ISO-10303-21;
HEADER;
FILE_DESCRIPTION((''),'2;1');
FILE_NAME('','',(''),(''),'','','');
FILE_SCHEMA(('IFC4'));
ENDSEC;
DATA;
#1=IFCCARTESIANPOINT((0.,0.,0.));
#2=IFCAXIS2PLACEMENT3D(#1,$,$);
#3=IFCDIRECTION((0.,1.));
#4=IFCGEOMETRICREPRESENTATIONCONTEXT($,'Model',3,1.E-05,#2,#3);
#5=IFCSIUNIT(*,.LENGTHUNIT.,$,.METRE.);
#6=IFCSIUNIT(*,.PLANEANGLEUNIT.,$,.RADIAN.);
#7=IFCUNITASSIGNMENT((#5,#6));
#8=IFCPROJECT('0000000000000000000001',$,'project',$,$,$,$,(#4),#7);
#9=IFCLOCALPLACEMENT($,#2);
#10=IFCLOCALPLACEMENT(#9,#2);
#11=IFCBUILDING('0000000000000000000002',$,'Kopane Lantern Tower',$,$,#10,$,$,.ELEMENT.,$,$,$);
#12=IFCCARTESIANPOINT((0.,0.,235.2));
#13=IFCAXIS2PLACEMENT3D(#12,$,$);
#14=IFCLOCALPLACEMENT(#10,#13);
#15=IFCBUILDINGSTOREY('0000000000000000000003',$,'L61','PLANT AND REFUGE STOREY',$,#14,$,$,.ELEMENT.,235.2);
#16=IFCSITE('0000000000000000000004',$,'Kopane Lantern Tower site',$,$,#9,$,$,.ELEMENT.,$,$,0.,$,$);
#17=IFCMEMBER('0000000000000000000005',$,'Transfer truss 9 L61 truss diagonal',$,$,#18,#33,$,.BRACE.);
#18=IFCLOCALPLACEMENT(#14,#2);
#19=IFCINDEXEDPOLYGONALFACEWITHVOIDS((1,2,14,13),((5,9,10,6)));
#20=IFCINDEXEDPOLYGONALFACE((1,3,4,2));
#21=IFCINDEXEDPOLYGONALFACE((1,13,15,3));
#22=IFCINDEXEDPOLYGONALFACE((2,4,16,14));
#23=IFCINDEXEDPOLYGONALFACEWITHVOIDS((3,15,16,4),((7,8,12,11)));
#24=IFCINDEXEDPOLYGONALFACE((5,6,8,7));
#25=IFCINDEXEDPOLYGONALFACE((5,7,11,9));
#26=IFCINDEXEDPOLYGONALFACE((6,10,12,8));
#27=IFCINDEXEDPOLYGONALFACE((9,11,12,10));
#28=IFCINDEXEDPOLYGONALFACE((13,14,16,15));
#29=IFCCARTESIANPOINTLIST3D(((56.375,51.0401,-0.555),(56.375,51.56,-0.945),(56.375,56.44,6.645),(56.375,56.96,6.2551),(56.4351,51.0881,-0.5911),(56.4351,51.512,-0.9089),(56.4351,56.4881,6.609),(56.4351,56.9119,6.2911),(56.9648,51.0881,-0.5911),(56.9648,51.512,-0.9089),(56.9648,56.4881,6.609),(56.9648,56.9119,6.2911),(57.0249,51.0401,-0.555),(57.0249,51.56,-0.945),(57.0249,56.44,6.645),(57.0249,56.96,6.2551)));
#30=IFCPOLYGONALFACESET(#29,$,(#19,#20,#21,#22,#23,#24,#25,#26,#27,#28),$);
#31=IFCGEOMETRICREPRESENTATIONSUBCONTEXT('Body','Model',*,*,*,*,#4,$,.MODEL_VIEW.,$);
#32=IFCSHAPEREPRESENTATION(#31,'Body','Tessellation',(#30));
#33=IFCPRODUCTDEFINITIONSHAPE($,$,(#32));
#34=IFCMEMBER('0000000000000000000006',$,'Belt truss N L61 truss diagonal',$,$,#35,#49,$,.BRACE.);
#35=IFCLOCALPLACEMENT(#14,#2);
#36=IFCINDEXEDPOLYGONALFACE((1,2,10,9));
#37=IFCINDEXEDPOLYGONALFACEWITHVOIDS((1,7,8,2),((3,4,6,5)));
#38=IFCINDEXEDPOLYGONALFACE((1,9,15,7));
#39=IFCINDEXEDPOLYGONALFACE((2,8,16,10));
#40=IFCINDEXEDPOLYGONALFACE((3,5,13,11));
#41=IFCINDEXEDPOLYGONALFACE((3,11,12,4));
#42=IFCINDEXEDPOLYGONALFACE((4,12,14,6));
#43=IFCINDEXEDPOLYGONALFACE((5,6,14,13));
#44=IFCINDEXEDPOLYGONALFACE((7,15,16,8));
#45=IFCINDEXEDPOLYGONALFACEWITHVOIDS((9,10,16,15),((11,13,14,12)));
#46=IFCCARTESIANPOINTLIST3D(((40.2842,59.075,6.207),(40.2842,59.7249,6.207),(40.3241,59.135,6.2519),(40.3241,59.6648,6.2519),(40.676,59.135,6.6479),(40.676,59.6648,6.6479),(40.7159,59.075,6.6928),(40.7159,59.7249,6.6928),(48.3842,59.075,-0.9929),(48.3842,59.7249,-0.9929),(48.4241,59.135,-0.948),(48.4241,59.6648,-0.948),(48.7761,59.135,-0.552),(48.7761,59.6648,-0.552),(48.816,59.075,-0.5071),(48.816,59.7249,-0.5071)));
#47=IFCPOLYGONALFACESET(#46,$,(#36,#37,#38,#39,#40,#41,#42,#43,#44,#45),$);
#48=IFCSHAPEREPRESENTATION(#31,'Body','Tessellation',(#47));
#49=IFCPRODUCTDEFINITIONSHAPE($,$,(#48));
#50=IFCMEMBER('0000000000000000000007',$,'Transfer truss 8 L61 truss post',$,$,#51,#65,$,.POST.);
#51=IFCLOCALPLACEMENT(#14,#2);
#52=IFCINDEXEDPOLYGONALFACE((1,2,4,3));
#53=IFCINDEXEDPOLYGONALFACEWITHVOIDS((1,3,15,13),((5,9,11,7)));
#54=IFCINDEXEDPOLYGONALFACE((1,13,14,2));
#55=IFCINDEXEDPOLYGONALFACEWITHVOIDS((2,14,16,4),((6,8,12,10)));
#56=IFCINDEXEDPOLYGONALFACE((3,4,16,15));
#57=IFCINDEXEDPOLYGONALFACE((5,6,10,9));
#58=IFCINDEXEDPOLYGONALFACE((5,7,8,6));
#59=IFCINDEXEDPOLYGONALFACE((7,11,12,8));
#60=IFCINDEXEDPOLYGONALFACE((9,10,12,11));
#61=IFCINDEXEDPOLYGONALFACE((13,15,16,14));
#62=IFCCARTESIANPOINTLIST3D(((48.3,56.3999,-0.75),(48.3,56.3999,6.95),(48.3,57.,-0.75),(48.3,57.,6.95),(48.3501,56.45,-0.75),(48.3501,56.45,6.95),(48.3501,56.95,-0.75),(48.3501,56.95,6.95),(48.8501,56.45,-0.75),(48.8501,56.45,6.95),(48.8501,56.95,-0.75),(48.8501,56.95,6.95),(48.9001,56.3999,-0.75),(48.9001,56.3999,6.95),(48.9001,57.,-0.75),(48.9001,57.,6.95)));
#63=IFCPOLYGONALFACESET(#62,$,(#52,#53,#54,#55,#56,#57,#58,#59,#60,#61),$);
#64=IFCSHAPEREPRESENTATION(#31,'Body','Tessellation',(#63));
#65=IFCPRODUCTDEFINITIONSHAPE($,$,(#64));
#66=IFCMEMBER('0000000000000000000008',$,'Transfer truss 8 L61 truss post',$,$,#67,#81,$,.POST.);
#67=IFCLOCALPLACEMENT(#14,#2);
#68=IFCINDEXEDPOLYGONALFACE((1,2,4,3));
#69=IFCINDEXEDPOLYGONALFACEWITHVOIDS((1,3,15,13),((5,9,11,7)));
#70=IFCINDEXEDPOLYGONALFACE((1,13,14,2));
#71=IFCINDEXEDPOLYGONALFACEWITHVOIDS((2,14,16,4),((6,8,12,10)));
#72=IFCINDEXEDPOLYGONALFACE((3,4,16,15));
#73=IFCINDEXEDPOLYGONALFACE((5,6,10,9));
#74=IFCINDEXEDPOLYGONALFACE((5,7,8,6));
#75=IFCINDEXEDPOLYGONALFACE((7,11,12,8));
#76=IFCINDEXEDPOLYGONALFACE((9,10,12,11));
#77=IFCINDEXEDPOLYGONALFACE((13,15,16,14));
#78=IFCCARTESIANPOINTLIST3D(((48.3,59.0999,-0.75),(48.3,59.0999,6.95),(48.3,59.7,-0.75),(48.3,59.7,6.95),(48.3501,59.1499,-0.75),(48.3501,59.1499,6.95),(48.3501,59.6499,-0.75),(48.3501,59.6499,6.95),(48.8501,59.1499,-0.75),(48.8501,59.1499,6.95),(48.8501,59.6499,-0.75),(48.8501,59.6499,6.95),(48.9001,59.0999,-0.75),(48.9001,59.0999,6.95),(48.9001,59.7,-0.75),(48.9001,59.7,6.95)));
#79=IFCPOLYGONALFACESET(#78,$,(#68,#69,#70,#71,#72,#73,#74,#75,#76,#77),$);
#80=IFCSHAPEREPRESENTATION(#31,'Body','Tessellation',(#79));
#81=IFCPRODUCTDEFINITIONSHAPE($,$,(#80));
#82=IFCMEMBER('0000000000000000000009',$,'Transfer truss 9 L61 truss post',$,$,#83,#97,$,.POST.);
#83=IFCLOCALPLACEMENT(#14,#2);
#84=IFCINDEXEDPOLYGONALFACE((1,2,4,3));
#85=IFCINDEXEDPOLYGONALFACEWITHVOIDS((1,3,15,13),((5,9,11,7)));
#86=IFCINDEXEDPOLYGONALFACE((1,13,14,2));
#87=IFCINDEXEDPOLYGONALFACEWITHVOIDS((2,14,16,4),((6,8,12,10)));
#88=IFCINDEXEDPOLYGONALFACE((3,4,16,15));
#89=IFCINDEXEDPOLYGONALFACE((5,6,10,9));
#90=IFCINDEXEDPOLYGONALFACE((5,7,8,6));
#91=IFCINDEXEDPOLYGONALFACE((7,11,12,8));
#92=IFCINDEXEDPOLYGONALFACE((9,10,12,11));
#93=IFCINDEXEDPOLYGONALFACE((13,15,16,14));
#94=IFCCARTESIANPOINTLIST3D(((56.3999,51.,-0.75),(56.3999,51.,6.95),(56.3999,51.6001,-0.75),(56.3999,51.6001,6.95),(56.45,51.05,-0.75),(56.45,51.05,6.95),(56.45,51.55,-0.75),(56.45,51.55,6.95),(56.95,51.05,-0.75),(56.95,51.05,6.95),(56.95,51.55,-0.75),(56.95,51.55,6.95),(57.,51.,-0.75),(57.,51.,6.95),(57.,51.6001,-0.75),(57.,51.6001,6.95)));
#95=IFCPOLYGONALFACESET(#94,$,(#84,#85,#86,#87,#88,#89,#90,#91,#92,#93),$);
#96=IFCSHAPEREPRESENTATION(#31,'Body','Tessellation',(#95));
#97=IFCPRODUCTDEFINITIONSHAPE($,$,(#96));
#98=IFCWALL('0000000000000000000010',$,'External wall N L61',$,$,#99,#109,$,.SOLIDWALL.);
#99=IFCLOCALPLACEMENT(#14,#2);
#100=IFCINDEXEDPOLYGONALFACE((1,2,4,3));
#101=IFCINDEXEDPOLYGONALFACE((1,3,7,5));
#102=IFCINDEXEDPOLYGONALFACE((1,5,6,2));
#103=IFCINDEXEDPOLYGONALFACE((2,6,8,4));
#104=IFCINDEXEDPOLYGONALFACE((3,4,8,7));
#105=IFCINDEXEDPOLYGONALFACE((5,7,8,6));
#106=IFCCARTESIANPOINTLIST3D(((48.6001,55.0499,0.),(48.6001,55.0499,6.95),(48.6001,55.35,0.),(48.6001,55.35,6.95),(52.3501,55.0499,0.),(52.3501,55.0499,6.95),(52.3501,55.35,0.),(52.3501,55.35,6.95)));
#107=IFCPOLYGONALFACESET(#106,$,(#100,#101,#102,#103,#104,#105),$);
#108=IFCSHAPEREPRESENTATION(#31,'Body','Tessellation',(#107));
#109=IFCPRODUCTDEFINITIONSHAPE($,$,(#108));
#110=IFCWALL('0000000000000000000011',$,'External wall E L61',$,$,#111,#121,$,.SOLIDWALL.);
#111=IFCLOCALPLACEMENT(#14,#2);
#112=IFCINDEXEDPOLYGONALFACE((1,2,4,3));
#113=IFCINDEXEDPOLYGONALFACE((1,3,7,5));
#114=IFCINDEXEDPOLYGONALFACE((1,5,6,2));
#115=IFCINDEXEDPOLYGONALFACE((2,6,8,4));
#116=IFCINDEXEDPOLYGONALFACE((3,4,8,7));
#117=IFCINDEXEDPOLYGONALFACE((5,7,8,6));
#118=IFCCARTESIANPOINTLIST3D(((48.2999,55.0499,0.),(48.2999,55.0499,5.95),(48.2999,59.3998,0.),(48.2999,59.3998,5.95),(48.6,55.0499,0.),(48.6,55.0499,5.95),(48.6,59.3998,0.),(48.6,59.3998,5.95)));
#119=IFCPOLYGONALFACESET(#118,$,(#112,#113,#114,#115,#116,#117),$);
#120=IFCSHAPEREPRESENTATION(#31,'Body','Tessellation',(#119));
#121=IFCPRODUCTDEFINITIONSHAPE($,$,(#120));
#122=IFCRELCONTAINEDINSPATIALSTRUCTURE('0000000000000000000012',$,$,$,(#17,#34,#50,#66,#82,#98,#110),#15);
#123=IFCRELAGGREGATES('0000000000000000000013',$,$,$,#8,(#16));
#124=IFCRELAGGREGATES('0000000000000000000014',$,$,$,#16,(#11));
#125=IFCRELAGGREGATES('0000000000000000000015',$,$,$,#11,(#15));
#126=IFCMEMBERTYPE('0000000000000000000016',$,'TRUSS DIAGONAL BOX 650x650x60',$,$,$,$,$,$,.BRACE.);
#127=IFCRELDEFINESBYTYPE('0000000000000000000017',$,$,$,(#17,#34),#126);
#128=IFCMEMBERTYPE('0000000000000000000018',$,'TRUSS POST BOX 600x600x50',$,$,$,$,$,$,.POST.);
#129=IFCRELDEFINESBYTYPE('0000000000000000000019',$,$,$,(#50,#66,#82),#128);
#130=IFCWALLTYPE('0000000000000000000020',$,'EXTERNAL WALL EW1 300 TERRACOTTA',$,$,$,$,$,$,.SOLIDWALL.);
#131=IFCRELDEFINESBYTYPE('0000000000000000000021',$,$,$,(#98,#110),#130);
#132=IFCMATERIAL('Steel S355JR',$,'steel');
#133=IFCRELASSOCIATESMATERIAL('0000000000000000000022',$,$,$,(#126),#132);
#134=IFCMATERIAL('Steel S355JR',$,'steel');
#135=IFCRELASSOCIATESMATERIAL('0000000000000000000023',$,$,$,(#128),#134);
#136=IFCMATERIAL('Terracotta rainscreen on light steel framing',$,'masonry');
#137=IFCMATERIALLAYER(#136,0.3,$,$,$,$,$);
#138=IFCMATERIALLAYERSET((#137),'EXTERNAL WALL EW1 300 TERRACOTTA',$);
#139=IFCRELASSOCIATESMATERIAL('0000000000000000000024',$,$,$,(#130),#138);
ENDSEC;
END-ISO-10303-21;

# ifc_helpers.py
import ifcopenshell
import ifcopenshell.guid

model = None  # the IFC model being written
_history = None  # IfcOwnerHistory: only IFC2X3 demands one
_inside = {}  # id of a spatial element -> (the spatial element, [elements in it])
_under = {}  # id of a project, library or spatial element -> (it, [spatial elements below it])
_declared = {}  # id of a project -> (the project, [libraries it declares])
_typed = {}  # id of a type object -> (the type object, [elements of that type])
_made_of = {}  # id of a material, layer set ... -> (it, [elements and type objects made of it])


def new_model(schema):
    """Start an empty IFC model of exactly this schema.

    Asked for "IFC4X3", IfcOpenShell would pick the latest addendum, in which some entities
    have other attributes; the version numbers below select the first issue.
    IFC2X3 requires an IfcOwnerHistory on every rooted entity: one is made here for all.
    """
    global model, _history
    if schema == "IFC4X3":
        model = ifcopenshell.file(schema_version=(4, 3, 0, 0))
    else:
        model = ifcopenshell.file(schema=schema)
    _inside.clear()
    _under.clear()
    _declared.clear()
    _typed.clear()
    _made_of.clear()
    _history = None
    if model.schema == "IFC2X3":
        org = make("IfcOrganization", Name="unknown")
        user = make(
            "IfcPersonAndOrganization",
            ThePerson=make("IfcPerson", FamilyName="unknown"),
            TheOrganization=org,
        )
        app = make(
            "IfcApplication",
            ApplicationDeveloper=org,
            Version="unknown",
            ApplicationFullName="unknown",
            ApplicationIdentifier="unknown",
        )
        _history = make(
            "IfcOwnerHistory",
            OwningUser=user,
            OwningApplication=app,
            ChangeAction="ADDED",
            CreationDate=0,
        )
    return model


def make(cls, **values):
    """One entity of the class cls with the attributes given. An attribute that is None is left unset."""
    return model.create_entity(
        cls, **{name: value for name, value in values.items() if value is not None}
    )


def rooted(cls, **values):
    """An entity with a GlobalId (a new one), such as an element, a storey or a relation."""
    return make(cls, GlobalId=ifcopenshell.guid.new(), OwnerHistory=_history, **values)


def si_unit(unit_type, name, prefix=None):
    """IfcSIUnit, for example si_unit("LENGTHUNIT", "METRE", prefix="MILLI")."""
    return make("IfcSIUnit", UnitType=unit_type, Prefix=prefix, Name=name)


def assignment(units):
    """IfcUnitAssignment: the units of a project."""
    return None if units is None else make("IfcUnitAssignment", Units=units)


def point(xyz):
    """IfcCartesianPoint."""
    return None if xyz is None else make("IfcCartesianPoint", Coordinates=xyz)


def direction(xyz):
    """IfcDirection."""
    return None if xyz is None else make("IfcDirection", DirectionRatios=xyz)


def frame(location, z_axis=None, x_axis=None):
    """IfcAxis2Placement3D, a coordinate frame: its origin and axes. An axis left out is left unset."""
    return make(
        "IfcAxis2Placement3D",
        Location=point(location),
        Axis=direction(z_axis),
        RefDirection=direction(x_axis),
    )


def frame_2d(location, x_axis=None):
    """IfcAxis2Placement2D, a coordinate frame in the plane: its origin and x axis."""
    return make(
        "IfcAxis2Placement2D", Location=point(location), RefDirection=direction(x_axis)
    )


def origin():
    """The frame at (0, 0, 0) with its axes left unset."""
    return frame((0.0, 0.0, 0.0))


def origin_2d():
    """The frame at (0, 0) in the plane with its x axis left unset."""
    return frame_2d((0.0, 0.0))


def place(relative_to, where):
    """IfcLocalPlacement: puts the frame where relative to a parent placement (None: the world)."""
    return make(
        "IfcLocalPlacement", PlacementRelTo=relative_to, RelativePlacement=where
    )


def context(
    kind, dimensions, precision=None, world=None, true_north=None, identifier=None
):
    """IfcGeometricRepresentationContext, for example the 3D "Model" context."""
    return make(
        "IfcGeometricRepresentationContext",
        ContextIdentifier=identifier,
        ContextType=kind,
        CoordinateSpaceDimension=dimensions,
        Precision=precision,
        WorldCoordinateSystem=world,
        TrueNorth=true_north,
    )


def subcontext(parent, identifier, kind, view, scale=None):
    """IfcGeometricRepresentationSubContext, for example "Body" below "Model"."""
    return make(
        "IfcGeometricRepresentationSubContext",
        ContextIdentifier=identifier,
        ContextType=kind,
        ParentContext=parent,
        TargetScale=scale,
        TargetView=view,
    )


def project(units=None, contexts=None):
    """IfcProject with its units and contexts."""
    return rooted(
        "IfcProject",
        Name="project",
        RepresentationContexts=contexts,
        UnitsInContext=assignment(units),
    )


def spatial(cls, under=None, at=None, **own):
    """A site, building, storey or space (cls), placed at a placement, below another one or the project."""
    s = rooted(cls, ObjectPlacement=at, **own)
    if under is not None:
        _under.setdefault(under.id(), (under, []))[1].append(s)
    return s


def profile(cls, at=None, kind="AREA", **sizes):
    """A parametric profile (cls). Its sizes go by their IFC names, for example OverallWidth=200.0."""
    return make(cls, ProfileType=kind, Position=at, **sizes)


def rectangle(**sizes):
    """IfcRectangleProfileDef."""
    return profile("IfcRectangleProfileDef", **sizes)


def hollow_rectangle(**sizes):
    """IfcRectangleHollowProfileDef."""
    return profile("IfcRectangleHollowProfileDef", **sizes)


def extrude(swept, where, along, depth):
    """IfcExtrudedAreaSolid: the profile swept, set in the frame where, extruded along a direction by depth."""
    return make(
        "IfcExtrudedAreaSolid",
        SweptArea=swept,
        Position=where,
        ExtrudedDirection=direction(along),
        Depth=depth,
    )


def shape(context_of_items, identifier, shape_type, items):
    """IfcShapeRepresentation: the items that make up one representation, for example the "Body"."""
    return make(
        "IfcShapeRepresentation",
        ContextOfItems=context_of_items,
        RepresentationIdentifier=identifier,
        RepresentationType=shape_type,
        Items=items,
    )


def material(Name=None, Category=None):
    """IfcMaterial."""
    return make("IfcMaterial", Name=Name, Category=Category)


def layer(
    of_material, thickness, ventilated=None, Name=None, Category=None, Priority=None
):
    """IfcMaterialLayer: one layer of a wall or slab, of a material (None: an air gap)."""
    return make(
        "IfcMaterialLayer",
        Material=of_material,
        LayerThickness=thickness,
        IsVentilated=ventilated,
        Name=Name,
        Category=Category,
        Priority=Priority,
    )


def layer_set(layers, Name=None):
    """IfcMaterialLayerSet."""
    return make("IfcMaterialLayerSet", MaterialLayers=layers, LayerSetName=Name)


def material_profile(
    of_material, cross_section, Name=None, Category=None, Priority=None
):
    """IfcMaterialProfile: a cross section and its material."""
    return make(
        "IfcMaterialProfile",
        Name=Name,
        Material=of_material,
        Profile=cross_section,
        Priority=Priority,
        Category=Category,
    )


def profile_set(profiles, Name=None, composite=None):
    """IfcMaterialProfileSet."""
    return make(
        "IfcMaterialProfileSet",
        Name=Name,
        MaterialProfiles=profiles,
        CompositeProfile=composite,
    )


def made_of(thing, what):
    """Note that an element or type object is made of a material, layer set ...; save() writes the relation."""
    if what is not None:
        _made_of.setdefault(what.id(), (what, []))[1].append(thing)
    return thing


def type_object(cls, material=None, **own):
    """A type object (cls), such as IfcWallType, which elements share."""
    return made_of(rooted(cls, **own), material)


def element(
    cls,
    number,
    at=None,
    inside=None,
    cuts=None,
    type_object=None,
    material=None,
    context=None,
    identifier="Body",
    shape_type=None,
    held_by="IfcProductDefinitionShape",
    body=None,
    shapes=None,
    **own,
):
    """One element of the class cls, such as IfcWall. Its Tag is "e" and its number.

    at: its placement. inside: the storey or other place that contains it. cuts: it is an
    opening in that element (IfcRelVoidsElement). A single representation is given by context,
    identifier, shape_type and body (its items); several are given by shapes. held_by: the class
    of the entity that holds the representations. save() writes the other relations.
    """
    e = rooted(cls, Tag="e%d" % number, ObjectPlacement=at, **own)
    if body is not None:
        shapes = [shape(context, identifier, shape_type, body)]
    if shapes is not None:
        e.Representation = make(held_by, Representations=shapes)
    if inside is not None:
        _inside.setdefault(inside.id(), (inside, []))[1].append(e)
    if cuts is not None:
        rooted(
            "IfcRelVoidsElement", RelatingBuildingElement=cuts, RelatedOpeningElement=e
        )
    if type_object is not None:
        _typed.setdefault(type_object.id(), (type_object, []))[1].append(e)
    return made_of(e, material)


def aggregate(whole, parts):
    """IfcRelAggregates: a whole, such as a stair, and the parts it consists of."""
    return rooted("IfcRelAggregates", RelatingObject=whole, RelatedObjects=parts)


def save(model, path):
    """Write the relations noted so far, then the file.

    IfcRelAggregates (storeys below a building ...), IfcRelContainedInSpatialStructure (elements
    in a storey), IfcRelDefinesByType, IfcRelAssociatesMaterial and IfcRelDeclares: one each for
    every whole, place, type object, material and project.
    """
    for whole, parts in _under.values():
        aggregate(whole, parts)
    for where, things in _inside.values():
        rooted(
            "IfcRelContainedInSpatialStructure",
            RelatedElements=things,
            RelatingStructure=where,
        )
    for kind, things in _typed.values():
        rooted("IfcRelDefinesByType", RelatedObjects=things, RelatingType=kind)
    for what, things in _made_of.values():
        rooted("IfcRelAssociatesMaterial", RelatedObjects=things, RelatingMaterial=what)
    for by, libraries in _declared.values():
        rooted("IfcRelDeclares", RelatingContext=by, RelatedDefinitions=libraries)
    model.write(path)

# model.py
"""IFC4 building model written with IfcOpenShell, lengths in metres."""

from ifc_helpers import new_model, si_unit, direction, frame, frame_2d, origin, origin_2d, place, context, subcontext, project, spatial, rectangle, hollow_rectangle, extrude, material, layer, layer_set, material_profile, profile_set, type_object, element, save


model = new_model("IFC4")

# Units and contexts
model_context = context("Model", 3, precision=1e-05, world=origin(), true_north=direction((0.0, 1.0)))
body_context = subcontext(model_context, "Body", "Model", "MODEL_VIEW")
ifc_project = project(units=[si_unit("LENGTHUNIT", "METRE"), si_unit("PLANEANGLEUNIT", "RADIAN")], contexts=[model_context])

# Site, building, storey
site_placement = place(None, origin())
site = spatial("IfcSite", under=ifc_project, at=site_placement, Name="Kopane Lantern Tower site", CompositionType="ELEMENT", RefElevation=0.0)
building_placement = place(site_placement, origin())
building = spatial("IfcBuilding", under=site, at=building_placement, Name="Kopane Lantern Tower", CompositionType="ELEMENT")
storey_placement = place(building_placement, frame((0.0, 0.0, 235.2)))
storey = spatial("IfcBuildingStorey", under=building, at=storey_placement, Name="L61", Description="PLANT AND REFUGE STOREY", CompositionType="ELEMENT", Elevation=235.2)

# Members
ifc_material_1 = material(Name="Steel S355JR", Category="steel")
ifc_material_profile_1 = material_profile(ifc_material_1, hollow_rectangle(XDim=0.6499, YDim=0.6499, WallThickness=0.0601, at=origin_2d()), Name="BOX 650x650x60")
ifc_profile_set_1 = profile_set([ifc_material_profile_1], Name="Steel S355JR")
member_type_1 = type_object("IfcMemberType", Name="TRUSS DIAGONAL BOX 650x650x60", PredefinedType="BRACE", material=ifc_profile_set_1)
member_1_placement = place(storey_placement, frame((56.7, 51.3, -0.75), z_axis=(0.0, 0.599996, 0.800003), x_axis=(-1.0, 0.0, 0.0)))
element("IfcMember", 1, at=member_1_placement, inside=storey, type_object=member_type_1, Name="Transfer truss 9 L61 truss diagonal", PredefinedType="BRACE", context=body_context, shape_type="SweptSolid", body=[
    extrude(hollow_rectangle(XDim=0.6499, YDim=0.6499, WallThickness=0.0601, at=origin_2d()), origin(), (0.0, 0.0, 1.0), 9.0),
])
member_2_placement = place(storey_placement, frame((48.6001, 59.3999, -0.75), z_axis=(-0.747416, 0.0, 0.664357), x_axis=(0.0, -1.0, 0.0)))
element("IfcMember", 2, at=member_2_placement, inside=storey, type_object=member_type_1, Name="Belt truss N L61 truss diagonal", PredefinedType="BRACE", context=body_context, shape_type="SweptSolid", body=[
    extrude(hollow_rectangle(XDim=0.6499, YDim=0.6499, WallThickness=0.0601, at=origin_2d()), origin(), (0.0, 0.0, 1.0), 10.8374),
])
ifc_material_2 = material(Name="Steel S355JR", Category="steel")
ifc_material_profile_2 = material_profile(ifc_material_2, hollow_rectangle(XDim=0.6001, YDim=0.6001, WallThickness=0.05, at=origin_2d()), Name="BOX 600x600x50")
ifc_profile_set_2 = profile_set([ifc_material_profile_2], Name="Steel S355JR")
member_type_2 = type_object("IfcMemberType", Name="TRUSS POST BOX 600x600x50", PredefinedType="POST", material=ifc_profile_set_2)
for number, where, z_axis, x_axis, name in (
    (3, (48.6001, 56.7, -0.75), (0.0, 0.0, 1.0), (1.0, 0.0, 0.0), "Transfer truss 8 L61 truss post"),
    (4, (48.6001, 59.3999, -0.75), (0.0, 0.0, 1.0), (1.0, 0.0, 0.0), "Transfer truss 8 L61 truss post"),
    (5, (56.7, 51.3, -0.75), (0.0, 0.0, 1.0), (1.0, 0.0, 0.0), "Transfer truss 9 L61 truss post"),
):
    element("IfcMember", number, at=place(storey_placement, frame(where, z_axis=z_axis, x_axis=x_axis)), inside=storey, type_object=member_type_2, Name=name, PredefinedType="POST", context=body_context, shape_type="SweptSolid", body=[
        extrude(hollow_rectangle(XDim=0.6001, YDim=0.6001, WallThickness=0.05, at=origin_2d()), origin(), (0.0, 0.0, 1.0), 7.7),
    ])

# Walls
ifc_material_3 = material(Name="Terracotta rainscreen on light steel framing", Category="masonry")
ifc_layer = layer(ifc_material_3, 0.3)
ifc_layer_set = layer_set([ifc_layer], Name="EXTERNAL WALL EW1 300 TERRACOTTA")
wall_type = type_object("IfcWallType", Name="EXTERNAL WALL EW1 300 TERRACOTTA", PredefinedType="SOLIDWALL", material=ifc_layer_set)
wall_1_placement = place(storey_placement, frame((52.3501, 55.2, 0.0), z_axis=(0.0, 0.0, 1.0), x_axis=(-1.0, 0.0, 0.0)))
element("IfcWall", 6, at=wall_1_placement, inside=storey, type_object=wall_type, Name="External wall N L61", PredefinedType="SOLIDWALL", context=body_context, shape_type="SweptSolid", body=[
    extrude(rectangle(XDim=3.75, YDim=0.3, at=frame_2d((1.875, 0.0))), origin(), (0.0, 0.0, 1.0), 6.95),
])
wall_2_placement = place(storey_placement, frame((48.45, 55.05, 0.0), z_axis=(0.0, 0.0, 1.0), x_axis=(0.0, 1.0, 0.0)))
element("IfcWall", 7, at=wall_2_placement, inside=storey, type_object=wall_type, Name="External wall E L61", PredefinedType="SOLIDWALL", context=body_context, shape_type="SweptSolid", body=[
    extrude(rectangle(XDim=4.3499, YDim=0.3, at=frame_2d((2.1748, 0.0))), origin(), (0.0, 0.0, 1.0), 5.95),
])

save(model, "model.ifc")
